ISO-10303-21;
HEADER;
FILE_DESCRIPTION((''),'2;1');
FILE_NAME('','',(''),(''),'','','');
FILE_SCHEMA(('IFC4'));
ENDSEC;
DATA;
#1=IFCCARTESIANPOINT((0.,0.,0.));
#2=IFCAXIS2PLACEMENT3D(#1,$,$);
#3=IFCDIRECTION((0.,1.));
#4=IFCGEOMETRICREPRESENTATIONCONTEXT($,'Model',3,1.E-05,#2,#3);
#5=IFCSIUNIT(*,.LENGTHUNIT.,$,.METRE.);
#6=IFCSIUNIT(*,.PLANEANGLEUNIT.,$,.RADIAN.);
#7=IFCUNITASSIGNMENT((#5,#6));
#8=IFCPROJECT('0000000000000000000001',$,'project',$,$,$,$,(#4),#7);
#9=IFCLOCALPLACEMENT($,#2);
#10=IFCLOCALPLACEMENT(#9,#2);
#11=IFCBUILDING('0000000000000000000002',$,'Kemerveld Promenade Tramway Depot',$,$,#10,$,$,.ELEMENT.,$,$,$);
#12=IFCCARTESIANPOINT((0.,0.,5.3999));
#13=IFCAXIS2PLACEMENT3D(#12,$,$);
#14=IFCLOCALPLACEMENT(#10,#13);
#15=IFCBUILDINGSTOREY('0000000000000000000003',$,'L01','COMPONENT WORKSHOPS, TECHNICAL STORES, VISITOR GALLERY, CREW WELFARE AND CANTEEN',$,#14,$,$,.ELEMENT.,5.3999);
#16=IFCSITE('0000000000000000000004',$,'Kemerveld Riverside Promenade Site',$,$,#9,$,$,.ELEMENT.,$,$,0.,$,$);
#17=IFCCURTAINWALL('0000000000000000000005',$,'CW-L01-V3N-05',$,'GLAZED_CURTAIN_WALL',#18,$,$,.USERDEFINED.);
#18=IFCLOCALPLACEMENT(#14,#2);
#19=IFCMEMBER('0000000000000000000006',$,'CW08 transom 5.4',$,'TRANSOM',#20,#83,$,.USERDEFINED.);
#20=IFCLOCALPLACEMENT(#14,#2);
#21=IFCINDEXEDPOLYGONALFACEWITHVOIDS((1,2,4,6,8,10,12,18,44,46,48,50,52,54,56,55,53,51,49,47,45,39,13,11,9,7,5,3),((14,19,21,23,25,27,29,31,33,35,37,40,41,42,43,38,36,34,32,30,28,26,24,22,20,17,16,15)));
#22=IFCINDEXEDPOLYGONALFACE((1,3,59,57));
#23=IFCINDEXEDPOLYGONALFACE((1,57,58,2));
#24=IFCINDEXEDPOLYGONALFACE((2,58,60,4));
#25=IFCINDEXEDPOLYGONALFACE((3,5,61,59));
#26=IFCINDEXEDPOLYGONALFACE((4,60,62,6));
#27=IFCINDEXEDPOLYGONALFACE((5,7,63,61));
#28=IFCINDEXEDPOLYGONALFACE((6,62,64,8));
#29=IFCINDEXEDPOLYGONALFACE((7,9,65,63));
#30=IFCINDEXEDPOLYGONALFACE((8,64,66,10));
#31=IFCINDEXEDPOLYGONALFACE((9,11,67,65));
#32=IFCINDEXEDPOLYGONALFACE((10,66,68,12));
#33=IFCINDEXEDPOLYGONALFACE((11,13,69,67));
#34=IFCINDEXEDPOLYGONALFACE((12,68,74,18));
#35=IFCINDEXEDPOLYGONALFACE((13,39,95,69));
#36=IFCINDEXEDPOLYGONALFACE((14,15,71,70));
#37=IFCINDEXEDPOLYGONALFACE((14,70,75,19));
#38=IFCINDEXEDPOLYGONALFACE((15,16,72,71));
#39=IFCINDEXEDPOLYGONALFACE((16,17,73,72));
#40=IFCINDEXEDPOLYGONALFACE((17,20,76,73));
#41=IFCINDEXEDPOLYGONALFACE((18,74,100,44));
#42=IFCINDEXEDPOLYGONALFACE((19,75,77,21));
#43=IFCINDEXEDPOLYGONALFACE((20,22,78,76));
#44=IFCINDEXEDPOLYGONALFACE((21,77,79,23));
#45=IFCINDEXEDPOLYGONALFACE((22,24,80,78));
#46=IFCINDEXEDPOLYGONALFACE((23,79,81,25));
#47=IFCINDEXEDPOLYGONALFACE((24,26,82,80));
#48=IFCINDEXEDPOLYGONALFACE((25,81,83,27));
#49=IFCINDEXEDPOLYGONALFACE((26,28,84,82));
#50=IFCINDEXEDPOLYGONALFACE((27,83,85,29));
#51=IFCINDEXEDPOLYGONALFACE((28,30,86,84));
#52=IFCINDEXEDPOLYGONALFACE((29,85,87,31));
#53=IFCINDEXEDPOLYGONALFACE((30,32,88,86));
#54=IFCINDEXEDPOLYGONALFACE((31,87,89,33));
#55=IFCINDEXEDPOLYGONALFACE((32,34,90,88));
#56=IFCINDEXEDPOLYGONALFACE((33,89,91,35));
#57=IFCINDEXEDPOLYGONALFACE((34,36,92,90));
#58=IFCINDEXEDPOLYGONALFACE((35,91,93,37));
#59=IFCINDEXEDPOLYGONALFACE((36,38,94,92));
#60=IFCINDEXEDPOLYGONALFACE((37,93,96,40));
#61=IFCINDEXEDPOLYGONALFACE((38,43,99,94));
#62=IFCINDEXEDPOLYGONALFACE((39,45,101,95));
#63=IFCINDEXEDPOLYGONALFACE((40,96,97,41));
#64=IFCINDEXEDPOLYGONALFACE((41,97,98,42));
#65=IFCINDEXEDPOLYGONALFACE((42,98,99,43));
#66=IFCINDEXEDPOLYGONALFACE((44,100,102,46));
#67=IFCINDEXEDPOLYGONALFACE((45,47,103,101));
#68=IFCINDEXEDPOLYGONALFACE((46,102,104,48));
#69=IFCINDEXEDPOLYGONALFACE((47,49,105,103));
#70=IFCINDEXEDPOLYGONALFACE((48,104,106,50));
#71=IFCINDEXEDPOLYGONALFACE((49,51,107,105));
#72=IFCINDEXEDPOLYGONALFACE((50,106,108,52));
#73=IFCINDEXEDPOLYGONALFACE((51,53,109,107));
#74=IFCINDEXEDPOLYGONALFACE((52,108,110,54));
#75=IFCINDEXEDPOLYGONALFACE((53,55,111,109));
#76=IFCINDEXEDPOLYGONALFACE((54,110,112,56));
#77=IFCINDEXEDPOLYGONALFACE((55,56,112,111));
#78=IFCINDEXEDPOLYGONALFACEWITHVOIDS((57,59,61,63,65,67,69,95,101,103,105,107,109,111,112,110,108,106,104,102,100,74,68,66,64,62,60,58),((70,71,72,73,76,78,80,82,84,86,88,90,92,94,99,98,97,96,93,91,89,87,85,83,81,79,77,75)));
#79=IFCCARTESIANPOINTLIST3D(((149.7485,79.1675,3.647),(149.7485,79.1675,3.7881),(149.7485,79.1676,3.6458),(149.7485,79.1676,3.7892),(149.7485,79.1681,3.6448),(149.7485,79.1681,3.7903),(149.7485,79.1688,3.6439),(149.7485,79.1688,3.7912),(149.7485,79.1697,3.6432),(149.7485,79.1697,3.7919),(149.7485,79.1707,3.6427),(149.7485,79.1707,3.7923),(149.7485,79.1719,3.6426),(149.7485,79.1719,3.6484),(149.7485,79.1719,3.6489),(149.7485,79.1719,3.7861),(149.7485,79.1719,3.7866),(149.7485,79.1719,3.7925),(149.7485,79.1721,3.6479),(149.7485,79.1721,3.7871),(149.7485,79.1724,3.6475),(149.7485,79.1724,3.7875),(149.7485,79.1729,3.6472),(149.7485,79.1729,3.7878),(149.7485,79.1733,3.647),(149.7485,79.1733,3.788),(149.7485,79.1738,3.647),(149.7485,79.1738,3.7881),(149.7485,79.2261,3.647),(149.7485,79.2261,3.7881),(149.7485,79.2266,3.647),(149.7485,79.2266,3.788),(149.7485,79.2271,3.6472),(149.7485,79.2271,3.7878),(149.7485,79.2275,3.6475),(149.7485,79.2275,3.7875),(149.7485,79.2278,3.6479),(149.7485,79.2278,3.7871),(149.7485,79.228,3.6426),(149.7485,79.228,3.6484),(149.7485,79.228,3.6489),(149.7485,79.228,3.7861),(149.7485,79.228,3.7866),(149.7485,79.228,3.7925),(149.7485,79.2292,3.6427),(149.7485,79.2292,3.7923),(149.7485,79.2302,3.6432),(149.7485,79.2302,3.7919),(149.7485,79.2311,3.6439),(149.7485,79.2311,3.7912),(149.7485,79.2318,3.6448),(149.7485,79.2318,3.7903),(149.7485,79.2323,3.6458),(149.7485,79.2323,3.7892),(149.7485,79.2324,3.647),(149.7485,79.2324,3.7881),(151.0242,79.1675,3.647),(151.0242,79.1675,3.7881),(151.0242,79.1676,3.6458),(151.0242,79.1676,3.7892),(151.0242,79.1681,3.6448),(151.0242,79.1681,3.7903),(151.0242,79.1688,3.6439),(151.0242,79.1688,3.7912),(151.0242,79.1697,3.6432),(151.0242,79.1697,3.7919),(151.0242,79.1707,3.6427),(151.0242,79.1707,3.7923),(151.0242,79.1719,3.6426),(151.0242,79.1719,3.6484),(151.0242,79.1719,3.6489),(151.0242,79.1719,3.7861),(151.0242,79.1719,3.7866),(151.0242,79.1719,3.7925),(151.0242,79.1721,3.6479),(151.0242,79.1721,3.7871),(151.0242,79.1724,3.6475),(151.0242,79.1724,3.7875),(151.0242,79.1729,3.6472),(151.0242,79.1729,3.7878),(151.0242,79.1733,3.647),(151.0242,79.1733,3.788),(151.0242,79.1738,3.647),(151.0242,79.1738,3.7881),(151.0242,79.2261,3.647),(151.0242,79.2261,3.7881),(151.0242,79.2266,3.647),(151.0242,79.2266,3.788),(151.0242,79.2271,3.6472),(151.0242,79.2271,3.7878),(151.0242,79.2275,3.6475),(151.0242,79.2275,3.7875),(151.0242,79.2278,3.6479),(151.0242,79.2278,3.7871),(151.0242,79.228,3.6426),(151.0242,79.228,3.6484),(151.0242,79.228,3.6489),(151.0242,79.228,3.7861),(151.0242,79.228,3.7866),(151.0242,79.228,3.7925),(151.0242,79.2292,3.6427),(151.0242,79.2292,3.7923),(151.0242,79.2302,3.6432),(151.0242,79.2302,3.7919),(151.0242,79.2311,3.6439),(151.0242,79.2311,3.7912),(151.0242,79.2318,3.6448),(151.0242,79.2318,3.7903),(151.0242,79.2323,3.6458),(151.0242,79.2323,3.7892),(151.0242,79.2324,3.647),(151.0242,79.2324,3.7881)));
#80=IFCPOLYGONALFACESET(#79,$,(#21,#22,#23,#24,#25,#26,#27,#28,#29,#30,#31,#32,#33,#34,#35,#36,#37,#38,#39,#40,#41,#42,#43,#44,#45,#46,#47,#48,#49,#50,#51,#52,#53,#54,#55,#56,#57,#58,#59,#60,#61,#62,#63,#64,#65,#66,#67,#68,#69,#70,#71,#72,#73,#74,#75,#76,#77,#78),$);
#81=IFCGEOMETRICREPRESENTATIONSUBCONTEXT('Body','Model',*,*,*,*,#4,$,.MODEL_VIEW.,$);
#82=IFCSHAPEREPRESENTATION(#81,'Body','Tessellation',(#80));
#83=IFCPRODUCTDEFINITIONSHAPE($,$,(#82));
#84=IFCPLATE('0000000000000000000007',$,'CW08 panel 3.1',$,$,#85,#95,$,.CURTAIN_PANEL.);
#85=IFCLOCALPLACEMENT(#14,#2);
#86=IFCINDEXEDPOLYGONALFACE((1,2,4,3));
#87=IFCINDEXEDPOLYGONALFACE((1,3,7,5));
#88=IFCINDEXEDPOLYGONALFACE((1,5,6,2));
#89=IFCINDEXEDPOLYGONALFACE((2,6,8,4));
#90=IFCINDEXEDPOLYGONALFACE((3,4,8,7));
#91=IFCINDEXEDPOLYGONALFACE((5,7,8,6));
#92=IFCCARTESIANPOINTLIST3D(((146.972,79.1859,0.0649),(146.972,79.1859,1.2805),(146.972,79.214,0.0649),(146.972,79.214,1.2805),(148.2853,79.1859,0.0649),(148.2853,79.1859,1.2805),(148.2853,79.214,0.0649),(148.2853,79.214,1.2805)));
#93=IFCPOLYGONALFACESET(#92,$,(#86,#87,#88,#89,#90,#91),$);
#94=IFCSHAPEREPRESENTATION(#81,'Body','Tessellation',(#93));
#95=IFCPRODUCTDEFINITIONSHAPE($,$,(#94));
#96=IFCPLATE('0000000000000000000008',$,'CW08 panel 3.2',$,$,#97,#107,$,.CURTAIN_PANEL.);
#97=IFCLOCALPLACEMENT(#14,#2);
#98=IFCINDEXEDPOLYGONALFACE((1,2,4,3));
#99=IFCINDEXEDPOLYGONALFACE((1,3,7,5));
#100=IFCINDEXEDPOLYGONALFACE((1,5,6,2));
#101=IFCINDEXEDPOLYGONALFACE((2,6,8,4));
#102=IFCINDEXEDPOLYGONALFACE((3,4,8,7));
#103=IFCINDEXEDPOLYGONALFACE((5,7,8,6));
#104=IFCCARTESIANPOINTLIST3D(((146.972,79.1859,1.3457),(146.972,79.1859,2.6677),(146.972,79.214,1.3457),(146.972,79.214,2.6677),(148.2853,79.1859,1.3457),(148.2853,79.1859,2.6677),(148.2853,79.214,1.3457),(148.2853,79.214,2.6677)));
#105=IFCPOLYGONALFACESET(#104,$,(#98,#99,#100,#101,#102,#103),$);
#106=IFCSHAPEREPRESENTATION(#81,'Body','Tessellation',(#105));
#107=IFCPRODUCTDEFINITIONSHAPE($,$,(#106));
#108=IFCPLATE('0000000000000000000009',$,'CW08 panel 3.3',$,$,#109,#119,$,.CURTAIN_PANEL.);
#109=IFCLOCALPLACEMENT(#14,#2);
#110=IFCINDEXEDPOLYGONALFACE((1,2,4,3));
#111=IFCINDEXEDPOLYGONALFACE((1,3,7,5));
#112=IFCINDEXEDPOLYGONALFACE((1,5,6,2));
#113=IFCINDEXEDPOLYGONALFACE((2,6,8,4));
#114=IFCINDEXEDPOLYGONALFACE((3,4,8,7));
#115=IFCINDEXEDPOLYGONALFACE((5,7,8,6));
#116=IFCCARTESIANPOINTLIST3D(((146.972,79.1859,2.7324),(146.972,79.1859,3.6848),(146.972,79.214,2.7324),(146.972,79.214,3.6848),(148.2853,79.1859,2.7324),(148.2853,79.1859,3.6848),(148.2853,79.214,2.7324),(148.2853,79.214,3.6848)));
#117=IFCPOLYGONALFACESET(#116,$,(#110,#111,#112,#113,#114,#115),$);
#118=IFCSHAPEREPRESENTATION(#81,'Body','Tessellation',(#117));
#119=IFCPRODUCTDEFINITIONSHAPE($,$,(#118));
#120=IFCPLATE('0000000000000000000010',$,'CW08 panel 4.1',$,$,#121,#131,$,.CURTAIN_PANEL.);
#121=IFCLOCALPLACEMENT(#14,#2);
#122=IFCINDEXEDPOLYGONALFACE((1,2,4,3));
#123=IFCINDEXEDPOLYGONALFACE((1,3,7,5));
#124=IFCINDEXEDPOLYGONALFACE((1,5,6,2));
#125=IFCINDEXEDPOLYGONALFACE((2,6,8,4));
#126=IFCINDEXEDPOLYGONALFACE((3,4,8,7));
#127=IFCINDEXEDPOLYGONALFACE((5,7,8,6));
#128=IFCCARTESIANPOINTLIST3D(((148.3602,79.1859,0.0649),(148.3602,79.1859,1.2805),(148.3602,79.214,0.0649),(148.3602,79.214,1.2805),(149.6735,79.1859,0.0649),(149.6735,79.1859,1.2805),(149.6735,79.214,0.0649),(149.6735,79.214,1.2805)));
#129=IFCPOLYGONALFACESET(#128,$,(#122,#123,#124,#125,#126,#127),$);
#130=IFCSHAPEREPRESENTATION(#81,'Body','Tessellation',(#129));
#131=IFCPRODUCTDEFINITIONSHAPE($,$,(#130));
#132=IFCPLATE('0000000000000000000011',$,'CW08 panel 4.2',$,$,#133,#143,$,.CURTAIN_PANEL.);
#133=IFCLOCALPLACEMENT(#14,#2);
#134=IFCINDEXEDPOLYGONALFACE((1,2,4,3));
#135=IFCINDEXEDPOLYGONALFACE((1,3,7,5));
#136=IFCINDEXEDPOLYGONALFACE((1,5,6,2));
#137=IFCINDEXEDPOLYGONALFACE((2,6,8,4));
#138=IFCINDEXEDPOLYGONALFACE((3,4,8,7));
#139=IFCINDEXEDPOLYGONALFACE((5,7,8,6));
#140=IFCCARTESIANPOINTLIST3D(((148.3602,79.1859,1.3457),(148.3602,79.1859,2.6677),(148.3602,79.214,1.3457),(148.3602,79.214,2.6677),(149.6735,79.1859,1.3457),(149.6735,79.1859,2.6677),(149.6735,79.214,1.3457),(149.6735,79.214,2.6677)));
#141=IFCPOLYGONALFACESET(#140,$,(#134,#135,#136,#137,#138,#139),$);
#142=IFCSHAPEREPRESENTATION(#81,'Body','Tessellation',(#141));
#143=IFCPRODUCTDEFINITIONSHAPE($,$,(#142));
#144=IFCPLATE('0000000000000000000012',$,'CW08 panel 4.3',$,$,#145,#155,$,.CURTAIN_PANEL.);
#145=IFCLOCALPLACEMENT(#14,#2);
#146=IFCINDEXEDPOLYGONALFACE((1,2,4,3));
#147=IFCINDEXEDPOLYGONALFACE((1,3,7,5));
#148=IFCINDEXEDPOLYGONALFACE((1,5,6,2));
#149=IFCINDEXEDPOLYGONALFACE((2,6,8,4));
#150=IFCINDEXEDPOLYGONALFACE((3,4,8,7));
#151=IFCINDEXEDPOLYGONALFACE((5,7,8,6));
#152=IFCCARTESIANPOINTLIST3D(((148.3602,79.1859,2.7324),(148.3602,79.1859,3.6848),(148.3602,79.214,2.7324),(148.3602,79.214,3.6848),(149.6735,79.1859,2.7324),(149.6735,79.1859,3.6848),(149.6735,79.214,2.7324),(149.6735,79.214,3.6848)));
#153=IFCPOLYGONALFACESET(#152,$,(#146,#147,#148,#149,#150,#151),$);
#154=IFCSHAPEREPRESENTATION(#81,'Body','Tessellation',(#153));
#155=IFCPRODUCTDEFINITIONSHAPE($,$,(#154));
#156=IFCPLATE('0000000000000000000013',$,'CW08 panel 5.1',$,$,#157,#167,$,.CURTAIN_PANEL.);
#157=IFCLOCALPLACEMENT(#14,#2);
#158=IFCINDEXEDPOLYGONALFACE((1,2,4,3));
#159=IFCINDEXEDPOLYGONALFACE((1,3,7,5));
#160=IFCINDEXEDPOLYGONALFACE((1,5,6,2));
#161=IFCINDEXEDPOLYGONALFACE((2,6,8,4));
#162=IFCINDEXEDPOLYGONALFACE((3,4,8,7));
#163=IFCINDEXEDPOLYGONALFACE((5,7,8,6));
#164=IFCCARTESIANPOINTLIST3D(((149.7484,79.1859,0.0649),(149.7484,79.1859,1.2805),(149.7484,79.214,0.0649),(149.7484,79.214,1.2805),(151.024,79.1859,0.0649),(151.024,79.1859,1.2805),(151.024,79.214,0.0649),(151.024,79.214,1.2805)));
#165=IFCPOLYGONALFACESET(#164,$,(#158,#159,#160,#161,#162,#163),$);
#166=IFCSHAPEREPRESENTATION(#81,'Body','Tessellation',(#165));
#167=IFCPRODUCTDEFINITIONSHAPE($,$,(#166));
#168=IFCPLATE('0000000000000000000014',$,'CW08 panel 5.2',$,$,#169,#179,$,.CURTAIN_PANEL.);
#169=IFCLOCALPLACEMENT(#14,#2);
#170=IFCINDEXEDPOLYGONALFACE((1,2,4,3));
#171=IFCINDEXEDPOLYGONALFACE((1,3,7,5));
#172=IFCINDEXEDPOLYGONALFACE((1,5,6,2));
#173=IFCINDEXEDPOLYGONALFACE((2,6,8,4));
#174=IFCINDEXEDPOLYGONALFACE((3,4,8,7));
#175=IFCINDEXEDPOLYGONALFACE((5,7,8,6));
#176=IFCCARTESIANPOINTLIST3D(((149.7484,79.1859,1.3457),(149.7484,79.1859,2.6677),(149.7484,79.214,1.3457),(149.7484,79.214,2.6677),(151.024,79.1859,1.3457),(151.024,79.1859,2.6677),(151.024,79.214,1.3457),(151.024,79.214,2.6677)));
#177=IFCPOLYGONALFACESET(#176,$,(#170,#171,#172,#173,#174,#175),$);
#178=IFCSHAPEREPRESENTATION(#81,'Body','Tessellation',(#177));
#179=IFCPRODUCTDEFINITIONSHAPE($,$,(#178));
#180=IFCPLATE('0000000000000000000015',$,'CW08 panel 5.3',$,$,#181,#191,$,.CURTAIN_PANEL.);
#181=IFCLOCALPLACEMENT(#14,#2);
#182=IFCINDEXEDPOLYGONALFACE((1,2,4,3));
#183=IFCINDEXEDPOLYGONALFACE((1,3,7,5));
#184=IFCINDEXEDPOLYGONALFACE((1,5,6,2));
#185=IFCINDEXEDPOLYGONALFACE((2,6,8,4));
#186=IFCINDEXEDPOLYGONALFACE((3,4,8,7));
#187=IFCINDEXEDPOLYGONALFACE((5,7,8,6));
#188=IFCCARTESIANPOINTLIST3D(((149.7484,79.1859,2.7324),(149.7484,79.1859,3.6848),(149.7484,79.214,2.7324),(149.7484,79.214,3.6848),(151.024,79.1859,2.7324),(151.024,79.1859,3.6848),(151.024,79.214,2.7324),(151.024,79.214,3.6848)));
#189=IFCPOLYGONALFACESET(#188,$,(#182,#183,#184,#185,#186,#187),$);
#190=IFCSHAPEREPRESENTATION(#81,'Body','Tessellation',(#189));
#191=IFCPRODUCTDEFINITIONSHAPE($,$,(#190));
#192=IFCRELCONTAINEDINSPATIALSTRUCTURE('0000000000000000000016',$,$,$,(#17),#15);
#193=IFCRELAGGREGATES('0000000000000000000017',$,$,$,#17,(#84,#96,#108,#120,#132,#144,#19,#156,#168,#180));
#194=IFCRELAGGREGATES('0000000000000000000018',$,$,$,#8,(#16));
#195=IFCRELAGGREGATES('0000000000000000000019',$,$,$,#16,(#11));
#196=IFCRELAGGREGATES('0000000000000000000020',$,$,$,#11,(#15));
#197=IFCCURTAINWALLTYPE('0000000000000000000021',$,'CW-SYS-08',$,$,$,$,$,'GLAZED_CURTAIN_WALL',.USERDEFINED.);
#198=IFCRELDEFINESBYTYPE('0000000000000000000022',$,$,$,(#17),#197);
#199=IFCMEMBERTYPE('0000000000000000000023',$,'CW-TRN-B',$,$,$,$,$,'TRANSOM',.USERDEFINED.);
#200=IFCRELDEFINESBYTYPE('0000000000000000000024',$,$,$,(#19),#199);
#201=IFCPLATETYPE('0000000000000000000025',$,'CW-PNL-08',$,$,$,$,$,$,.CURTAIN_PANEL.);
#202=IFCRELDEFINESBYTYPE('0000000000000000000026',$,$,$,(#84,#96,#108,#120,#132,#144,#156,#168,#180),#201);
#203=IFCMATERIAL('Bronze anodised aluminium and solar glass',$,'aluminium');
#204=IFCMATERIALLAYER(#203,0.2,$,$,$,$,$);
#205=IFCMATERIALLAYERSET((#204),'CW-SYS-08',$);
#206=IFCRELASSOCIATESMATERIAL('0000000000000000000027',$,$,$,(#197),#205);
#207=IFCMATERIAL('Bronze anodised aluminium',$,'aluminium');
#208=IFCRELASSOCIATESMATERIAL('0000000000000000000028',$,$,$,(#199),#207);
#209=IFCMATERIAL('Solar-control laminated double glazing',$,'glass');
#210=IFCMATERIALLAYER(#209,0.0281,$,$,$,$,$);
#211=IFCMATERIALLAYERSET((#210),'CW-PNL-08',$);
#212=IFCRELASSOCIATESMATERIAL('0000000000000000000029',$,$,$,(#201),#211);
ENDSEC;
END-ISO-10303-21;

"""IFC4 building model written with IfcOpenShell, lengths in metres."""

from ifc_helpers import new_model, si_unit, direction, frame, origin, origin_2d, place, context, subcontext, project, spatial, rectangle, hollow_rectangle, extrude, material, layer, layer_set, material_profile, profile_set, type_object, element, aggregate, save


model = new_model("IFC4")

# Units and contexts
model_context = context("Model", 3, precision=1e-05, world=origin(), true_north=direction((0.0, 1.0)))
body_context = subcontext(model_context, "Body", "Model", "MODEL_VIEW")
ifc_project = project(units=[si_unit("LENGTHUNIT", "METRE"), si_unit("PLANEANGLEUNIT", "RADIAN")], contexts=[model_context])

# Site, building, storey
site_placement = place(None, origin())
site = spatial("IfcSite", under=ifc_project, at=site_placement, Name="Kemerveld Riverside Promenade Site", CompositionType="ELEMENT", RefElevation=0.0)
building_placement = place(site_placement, origin())
building = spatial("IfcBuilding", under=site, at=building_placement, Name="Kemerveld Promenade Tramway Depot", CompositionType="ELEMENT")
storey_placement = place(building_placement, frame((0.0, 0.0, 5.3999)))
storey = spatial("IfcBuildingStorey", under=building, at=storey_placement, Name="L01", Description="COMPONENT WORKSHOPS, TECHNICAL STORES, VISITOR GALLERY, CREW WELFARE AND CANTEEN", CompositionType="ELEMENT", Elevation=5.3999)

# Curtain wall, member, plates
ifc_material_1 = material(Name="Bronze anodised aluminium and solar glass", Category="aluminium")
ifc_layer_1 = layer(ifc_material_1, 0.2)
ifc_layer_set_1 = layer_set([ifc_layer_1], Name="CW-SYS-08")
curtain_wall_type = type_object("IfcCurtainWallType", Name="CW-SYS-08", ElementType="GLAZED_CURTAIN_WALL", PredefinedType="USERDEFINED", material=ifc_layer_set_1)
curtain_wall_placement = place(storey_placement, origin())
curtain_wall = element("IfcCurtainWall", 1, at=curtain_wall_placement, inside=storey, type_object=curtain_wall_type, Name="CW-L01-V3N-05", ObjectType="GLAZED_CURTAIN_WALL", PredefinedType="USERDEFINED")
ifc_material_2 = material(Name="Bronze anodised aluminium", Category="aluminium")
ifc_material_profile_1 = material_profile(ifc_material_2, hollow_rectangle(XDim=0.0649, YDim=0.1499, WallThickness=0.0044, InnerFilletRadius=0.002, OuterFilletRadius=0.0044, at=origin_2d()), Name="CW-TRN-150x65")
ifc_profile_set_1 = profile_set([ifc_material_profile_1], Name="Bronze anodised aluminium")
member_type_1 = type_object("IfcMemberType", Name="CW-TRN-B", ElementType="TRANSOM", PredefinedType="USERDEFINED", material=ifc_profile_set_1)
member_1_placement = place(storey_placement, frame((149.7485, 79.2, 3.7175), z_axis=(1.0, 0.0, 0.0), x_axis=(0.0, 1.0, 0.0)))
member_1 = element("IfcMember", 2, at=member_1_placement, type_object=member_type_1, Name="CW08 transom 5.4", ObjectType="TRANSOM", PredefinedType="USERDEFINED", context=body_context, shape_type="SweptSolid", body=[
    extrude(hollow_rectangle(XDim=0.0649, YDim=0.1499, WallThickness=0.0044, InnerFilletRadius=0.002, OuterFilletRadius=0.0044, at=origin_2d()), origin(), (0.0, 0.0, 1.0), 1.2756),
])
ifc_material_3 = material(Name="Solar-control laminated double glazing", Category="glass")
ifc_layer_2 = layer(ifc_material_3, 0.0281)
ifc_layer_set_2 = layer_set([ifc_layer_2], Name="CW-PNL-08")
plate_type_1 = type_object("IfcPlateType", Name="CW-PNL-08", PredefinedType="CURTAIN_PANEL", material=ifc_layer_set_2)
plate_1_placement = place(storey_placement, frame((147.6287, 79.2, 0.0649), z_axis=(0.0, 0.0, 1.0), x_axis=(1.0, 0.0, 0.0)))
plate_1 = element("IfcPlate", 3, at=plate_1_placement, type_object=plate_type_1, Name="CW08 panel 3.1", PredefinedType="CURTAIN_PANEL", context=body_context, shape_type="SweptSolid", body=[
    extrude(rectangle(XDim=1.3132, YDim=0.0281, at=origin_2d()), origin(), (0.0, 0.0, 1.0), 1.2156),
])
plate_2_placement = place(storey_placement, frame((147.6287, 79.2, 1.3457), z_axis=(0.0, 0.0, 1.0), x_axis=(1.0, 0.0, 0.0)))
plate_2 = element("IfcPlate", 4, at=plate_2_placement, type_object=plate_type_1, Name="CW08 panel 3.2", PredefinedType="CURTAIN_PANEL", context=body_context, shape_type="SweptSolid", body=[
    extrude(rectangle(XDim=1.3132, YDim=0.0281, at=origin_2d()), origin(), (0.0, 0.0, 1.0), 1.322),
])
plate_3_placement = place(storey_placement, frame((147.6287, 79.2, 2.7324), z_axis=(0.0, 0.0, 1.0), x_axis=(1.0, 0.0, 0.0)))
plate_3 = element("IfcPlate", 5, at=plate_3_placement, type_object=plate_type_1, Name="CW08 panel 3.3", PredefinedType="CURTAIN_PANEL", context=body_context, shape_type="SweptSolid", body=[
    extrude(rectangle(XDim=1.3132, YDim=0.0281, at=origin_2d()), origin(), (0.0, 0.0, 1.0), 0.9524),
])
plate_4_placement = place(storey_placement, frame((149.0168, 79.2, 0.0649), z_axis=(0.0, 0.0, 1.0), x_axis=(1.0, 0.0, 0.0)))
plate_4 = element("IfcPlate", 6, at=plate_4_placement, type_object=plate_type_1, Name="CW08 panel 4.1", PredefinedType="CURTAIN_PANEL", context=body_context, shape_type="SweptSolid", body=[
    extrude(rectangle(XDim=1.3132, YDim=0.0281, at=origin_2d()), origin(), (0.0, 0.0, 1.0), 1.2156),
])
plate_5_placement = place(storey_placement, frame((149.0168, 79.2, 1.3457), z_axis=(0.0, 0.0, 1.0), x_axis=(1.0, 0.0, 0.0)))
plate_5 = element("IfcPlate", 7, at=plate_5_placement, type_object=plate_type_1, Name="CW08 panel 4.2", PredefinedType="CURTAIN_PANEL", context=body_context, shape_type="SweptSolid", body=[
    extrude(rectangle(XDim=1.3132, YDim=0.0281, at=origin_2d()), origin(), (0.0, 0.0, 1.0), 1.322),
])
plate_6_placement = place(storey_placement, frame((149.0168, 79.2, 2.7324), z_axis=(0.0, 0.0, 1.0), x_axis=(1.0, 0.0, 0.0)))
plate_6 = element("IfcPlate", 8, at=plate_6_placement, type_object=plate_type_1, Name="CW08 panel 4.3", PredefinedType="CURTAIN_PANEL", context=body_context, shape_type="SweptSolid", body=[
    extrude(rectangle(XDim=1.3132, YDim=0.0281, at=origin_2d()), origin(), (0.0, 0.0, 1.0), 0.9524),
])
plate_7_placement = place(storey_placement, frame((150.3862, 79.2, 0.0649), z_axis=(0.0, 0.0, 1.0), x_axis=(1.0, 0.0, 0.0)))
plate_7 = element("IfcPlate", 9, at=plate_7_placement, type_object=plate_type_1, Name="CW08 panel 5.1", PredefinedType="CURTAIN_PANEL", context=body_context, shape_type="SweptSolid", body=[
    extrude(rectangle(XDim=1.2756, YDim=0.0281, at=origin_2d()), origin(), (0.0, 0.0, 1.0), 1.2156),
])
plate_8_placement = place(storey_placement, frame((150.3862, 79.2, 1.3457), z_axis=(0.0, 0.0, 1.0), x_axis=(1.0, 0.0, 0.0)))
plate_8 = element("IfcPlate", 10, at=plate_8_placement, type_object=plate_type_1, Name="CW08 panel 5.2", PredefinedType="CURTAIN_PANEL", context=body_context, shape_type="SweptSolid", body=[
    extrude(rectangle(XDim=1.2756, YDim=0.0281, at=origin_2d()), origin(), (0.0, 0.0, 1.0), 1.322),
])
plate_9_placement = place(storey_placement, frame((150.3862, 79.2, 2.7324), z_axis=(0.0, 0.0, 1.0), x_axis=(1.0, 0.0, 0.0)))
plate_9 = element("IfcPlate", 11, at=plate_9_placement, type_object=plate_type_1, Name="CW08 panel 5.3", PredefinedType="CURTAIN_PANEL", context=body_context, shape_type="SweptSolid", body=[
    extrude(rectangle(XDim=1.2756, YDim=0.0281, at=origin_2d()), origin(), (0.0, 0.0, 1.0), 0.9524),
])
aggregate(curtain_wall, [plate_1, plate_2, plate_3, plate_4, plate_5, plate_6, member_1, plate_7, plate_8, plate_9])

save(model, "model.ifc")
